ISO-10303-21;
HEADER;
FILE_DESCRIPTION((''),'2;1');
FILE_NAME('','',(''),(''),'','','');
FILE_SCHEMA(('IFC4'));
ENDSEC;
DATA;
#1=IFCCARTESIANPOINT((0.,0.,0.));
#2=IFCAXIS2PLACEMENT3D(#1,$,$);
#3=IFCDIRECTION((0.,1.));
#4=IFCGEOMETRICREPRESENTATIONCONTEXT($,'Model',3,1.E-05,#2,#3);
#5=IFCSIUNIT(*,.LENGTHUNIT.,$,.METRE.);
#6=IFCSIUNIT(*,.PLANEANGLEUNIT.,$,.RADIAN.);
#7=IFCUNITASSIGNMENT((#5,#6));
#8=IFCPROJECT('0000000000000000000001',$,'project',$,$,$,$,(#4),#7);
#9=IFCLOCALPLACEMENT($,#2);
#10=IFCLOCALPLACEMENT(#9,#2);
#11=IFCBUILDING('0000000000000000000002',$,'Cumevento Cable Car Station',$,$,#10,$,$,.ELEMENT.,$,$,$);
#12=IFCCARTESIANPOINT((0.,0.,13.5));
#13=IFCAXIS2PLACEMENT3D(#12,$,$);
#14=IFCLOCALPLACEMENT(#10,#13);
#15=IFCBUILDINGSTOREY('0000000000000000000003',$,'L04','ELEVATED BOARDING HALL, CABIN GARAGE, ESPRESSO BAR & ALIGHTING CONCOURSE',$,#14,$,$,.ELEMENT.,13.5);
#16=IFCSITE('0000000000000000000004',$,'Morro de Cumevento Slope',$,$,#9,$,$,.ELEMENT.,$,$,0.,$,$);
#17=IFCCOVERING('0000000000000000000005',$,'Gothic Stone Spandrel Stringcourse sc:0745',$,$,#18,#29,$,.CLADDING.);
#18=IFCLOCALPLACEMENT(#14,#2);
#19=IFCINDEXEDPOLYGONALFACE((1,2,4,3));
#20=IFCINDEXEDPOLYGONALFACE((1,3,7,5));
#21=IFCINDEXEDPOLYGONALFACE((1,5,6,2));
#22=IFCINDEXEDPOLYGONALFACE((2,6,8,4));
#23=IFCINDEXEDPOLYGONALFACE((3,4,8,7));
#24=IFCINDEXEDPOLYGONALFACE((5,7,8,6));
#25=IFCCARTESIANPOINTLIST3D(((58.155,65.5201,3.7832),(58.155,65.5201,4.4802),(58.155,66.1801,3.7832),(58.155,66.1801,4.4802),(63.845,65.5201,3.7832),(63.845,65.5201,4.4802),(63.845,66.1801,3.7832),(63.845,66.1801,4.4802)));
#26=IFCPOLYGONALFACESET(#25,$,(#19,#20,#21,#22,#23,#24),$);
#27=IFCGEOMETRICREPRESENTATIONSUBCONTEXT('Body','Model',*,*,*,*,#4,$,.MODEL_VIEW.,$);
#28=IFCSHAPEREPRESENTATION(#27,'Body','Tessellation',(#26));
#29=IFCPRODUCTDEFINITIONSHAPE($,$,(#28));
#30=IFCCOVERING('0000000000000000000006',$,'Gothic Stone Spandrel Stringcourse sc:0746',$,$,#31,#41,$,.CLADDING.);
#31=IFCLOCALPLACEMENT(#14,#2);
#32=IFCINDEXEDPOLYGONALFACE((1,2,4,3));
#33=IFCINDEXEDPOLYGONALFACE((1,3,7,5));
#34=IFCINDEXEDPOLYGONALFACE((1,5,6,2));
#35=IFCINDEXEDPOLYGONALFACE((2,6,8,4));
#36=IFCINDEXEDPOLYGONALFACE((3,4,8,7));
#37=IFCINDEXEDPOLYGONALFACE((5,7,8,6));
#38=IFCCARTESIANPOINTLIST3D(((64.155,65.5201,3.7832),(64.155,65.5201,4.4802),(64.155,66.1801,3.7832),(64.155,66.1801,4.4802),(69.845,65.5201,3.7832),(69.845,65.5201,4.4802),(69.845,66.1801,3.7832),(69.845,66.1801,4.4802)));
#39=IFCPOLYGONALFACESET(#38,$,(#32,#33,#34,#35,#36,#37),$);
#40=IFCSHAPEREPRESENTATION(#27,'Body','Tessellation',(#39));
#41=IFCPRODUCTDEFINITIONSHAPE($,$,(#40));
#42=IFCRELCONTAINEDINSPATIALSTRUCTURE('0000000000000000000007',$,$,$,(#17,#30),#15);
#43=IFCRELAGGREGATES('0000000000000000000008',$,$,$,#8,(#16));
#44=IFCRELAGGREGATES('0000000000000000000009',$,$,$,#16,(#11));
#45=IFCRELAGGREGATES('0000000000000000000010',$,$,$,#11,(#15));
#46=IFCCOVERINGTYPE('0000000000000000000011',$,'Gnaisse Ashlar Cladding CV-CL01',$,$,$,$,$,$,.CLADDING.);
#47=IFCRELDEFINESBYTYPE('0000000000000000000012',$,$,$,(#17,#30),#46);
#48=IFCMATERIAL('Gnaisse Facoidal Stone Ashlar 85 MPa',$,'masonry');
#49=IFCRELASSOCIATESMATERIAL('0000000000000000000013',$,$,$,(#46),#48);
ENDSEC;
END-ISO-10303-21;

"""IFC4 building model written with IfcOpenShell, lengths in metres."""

from ifc_helpers import new_model, si_unit, direction, frame, origin, origin_2d, place, context, subcontext, project, spatial, rectangle, extrude, material, type_object, element, save


model = new_model("IFC4")

# Units and contexts
model_context = context("Model", 3, precision=1e-05, world=origin(), true_north=direction((0.0, 1.0)))
body_context = subcontext(model_context, "Body", "Model", "MODEL_VIEW")
ifc_project = project(units=[si_unit("LENGTHUNIT", "METRE"), si_unit("PLANEANGLEUNIT", "RADIAN")], contexts=[model_context])

# Site, building, storey
site_placement = place(None, origin())
site = spatial("IfcSite", under=ifc_project, at=site_placement, Name="Morro de Cumevento Slope", CompositionType="ELEMENT", RefElevation=0.0)
building_placement = place(site_placement, origin())
building = spatial("IfcBuilding", under=site, at=building_placement, Name="Cumevento Cable Car Station", CompositionType="ELEMENT")
storey_placement = place(building_placement, frame((0.0, 0.0, 13.5)))
storey = spatial("IfcBuildingStorey", under=building, at=storey_placement, Name="L04", Description="ELEVATED BOARDING HALL, CABIN GARAGE, ESPRESSO BAR & ALIGHTING CONCOURSE", CompositionType="ELEMENT", Elevation=13.5)

# Coverings
ifc_material_1 = material(Name="Gnaisse Facoidal Stone Ashlar 85 MPa", Category="masonry")
covering_type = type_object("IfcCoveringType", Name="Gnaisse Ashlar Cladding CV-CL01", PredefinedType="CLADDING", material=ifc_material_1)
for number, where, z_axis, x_axis, name in (
    (1, (61.0, 65.8501, 3.7832), (0.0, 0.0, 1.0), (1.0, 0.0, 0.0), "Gothic Stone Spandrel Stringcourse sc:0745"),
    (2, (67.0, 65.8501, 3.7832), (0.0, 0.0, 1.0), (1.0, 0.0, 0.0), "Gothic Stone Spandrel Stringcourse sc:0746"),
):
    element("IfcCovering", number, at=place(storey_placement, frame(where, z_axis=z_axis, x_axis=x_axis)), inside=storey, type_object=covering_type, Name=name, PredefinedType="CLADDING", context=body_context, shape_type="SweptSolid", body=[
        extrude(rectangle(XDim=5.6899, YDim=0.6599, at=origin_2d()), origin(), (0.0, 0.0, 1.0), 0.697),
    ])

save(model, "model.ifc")
